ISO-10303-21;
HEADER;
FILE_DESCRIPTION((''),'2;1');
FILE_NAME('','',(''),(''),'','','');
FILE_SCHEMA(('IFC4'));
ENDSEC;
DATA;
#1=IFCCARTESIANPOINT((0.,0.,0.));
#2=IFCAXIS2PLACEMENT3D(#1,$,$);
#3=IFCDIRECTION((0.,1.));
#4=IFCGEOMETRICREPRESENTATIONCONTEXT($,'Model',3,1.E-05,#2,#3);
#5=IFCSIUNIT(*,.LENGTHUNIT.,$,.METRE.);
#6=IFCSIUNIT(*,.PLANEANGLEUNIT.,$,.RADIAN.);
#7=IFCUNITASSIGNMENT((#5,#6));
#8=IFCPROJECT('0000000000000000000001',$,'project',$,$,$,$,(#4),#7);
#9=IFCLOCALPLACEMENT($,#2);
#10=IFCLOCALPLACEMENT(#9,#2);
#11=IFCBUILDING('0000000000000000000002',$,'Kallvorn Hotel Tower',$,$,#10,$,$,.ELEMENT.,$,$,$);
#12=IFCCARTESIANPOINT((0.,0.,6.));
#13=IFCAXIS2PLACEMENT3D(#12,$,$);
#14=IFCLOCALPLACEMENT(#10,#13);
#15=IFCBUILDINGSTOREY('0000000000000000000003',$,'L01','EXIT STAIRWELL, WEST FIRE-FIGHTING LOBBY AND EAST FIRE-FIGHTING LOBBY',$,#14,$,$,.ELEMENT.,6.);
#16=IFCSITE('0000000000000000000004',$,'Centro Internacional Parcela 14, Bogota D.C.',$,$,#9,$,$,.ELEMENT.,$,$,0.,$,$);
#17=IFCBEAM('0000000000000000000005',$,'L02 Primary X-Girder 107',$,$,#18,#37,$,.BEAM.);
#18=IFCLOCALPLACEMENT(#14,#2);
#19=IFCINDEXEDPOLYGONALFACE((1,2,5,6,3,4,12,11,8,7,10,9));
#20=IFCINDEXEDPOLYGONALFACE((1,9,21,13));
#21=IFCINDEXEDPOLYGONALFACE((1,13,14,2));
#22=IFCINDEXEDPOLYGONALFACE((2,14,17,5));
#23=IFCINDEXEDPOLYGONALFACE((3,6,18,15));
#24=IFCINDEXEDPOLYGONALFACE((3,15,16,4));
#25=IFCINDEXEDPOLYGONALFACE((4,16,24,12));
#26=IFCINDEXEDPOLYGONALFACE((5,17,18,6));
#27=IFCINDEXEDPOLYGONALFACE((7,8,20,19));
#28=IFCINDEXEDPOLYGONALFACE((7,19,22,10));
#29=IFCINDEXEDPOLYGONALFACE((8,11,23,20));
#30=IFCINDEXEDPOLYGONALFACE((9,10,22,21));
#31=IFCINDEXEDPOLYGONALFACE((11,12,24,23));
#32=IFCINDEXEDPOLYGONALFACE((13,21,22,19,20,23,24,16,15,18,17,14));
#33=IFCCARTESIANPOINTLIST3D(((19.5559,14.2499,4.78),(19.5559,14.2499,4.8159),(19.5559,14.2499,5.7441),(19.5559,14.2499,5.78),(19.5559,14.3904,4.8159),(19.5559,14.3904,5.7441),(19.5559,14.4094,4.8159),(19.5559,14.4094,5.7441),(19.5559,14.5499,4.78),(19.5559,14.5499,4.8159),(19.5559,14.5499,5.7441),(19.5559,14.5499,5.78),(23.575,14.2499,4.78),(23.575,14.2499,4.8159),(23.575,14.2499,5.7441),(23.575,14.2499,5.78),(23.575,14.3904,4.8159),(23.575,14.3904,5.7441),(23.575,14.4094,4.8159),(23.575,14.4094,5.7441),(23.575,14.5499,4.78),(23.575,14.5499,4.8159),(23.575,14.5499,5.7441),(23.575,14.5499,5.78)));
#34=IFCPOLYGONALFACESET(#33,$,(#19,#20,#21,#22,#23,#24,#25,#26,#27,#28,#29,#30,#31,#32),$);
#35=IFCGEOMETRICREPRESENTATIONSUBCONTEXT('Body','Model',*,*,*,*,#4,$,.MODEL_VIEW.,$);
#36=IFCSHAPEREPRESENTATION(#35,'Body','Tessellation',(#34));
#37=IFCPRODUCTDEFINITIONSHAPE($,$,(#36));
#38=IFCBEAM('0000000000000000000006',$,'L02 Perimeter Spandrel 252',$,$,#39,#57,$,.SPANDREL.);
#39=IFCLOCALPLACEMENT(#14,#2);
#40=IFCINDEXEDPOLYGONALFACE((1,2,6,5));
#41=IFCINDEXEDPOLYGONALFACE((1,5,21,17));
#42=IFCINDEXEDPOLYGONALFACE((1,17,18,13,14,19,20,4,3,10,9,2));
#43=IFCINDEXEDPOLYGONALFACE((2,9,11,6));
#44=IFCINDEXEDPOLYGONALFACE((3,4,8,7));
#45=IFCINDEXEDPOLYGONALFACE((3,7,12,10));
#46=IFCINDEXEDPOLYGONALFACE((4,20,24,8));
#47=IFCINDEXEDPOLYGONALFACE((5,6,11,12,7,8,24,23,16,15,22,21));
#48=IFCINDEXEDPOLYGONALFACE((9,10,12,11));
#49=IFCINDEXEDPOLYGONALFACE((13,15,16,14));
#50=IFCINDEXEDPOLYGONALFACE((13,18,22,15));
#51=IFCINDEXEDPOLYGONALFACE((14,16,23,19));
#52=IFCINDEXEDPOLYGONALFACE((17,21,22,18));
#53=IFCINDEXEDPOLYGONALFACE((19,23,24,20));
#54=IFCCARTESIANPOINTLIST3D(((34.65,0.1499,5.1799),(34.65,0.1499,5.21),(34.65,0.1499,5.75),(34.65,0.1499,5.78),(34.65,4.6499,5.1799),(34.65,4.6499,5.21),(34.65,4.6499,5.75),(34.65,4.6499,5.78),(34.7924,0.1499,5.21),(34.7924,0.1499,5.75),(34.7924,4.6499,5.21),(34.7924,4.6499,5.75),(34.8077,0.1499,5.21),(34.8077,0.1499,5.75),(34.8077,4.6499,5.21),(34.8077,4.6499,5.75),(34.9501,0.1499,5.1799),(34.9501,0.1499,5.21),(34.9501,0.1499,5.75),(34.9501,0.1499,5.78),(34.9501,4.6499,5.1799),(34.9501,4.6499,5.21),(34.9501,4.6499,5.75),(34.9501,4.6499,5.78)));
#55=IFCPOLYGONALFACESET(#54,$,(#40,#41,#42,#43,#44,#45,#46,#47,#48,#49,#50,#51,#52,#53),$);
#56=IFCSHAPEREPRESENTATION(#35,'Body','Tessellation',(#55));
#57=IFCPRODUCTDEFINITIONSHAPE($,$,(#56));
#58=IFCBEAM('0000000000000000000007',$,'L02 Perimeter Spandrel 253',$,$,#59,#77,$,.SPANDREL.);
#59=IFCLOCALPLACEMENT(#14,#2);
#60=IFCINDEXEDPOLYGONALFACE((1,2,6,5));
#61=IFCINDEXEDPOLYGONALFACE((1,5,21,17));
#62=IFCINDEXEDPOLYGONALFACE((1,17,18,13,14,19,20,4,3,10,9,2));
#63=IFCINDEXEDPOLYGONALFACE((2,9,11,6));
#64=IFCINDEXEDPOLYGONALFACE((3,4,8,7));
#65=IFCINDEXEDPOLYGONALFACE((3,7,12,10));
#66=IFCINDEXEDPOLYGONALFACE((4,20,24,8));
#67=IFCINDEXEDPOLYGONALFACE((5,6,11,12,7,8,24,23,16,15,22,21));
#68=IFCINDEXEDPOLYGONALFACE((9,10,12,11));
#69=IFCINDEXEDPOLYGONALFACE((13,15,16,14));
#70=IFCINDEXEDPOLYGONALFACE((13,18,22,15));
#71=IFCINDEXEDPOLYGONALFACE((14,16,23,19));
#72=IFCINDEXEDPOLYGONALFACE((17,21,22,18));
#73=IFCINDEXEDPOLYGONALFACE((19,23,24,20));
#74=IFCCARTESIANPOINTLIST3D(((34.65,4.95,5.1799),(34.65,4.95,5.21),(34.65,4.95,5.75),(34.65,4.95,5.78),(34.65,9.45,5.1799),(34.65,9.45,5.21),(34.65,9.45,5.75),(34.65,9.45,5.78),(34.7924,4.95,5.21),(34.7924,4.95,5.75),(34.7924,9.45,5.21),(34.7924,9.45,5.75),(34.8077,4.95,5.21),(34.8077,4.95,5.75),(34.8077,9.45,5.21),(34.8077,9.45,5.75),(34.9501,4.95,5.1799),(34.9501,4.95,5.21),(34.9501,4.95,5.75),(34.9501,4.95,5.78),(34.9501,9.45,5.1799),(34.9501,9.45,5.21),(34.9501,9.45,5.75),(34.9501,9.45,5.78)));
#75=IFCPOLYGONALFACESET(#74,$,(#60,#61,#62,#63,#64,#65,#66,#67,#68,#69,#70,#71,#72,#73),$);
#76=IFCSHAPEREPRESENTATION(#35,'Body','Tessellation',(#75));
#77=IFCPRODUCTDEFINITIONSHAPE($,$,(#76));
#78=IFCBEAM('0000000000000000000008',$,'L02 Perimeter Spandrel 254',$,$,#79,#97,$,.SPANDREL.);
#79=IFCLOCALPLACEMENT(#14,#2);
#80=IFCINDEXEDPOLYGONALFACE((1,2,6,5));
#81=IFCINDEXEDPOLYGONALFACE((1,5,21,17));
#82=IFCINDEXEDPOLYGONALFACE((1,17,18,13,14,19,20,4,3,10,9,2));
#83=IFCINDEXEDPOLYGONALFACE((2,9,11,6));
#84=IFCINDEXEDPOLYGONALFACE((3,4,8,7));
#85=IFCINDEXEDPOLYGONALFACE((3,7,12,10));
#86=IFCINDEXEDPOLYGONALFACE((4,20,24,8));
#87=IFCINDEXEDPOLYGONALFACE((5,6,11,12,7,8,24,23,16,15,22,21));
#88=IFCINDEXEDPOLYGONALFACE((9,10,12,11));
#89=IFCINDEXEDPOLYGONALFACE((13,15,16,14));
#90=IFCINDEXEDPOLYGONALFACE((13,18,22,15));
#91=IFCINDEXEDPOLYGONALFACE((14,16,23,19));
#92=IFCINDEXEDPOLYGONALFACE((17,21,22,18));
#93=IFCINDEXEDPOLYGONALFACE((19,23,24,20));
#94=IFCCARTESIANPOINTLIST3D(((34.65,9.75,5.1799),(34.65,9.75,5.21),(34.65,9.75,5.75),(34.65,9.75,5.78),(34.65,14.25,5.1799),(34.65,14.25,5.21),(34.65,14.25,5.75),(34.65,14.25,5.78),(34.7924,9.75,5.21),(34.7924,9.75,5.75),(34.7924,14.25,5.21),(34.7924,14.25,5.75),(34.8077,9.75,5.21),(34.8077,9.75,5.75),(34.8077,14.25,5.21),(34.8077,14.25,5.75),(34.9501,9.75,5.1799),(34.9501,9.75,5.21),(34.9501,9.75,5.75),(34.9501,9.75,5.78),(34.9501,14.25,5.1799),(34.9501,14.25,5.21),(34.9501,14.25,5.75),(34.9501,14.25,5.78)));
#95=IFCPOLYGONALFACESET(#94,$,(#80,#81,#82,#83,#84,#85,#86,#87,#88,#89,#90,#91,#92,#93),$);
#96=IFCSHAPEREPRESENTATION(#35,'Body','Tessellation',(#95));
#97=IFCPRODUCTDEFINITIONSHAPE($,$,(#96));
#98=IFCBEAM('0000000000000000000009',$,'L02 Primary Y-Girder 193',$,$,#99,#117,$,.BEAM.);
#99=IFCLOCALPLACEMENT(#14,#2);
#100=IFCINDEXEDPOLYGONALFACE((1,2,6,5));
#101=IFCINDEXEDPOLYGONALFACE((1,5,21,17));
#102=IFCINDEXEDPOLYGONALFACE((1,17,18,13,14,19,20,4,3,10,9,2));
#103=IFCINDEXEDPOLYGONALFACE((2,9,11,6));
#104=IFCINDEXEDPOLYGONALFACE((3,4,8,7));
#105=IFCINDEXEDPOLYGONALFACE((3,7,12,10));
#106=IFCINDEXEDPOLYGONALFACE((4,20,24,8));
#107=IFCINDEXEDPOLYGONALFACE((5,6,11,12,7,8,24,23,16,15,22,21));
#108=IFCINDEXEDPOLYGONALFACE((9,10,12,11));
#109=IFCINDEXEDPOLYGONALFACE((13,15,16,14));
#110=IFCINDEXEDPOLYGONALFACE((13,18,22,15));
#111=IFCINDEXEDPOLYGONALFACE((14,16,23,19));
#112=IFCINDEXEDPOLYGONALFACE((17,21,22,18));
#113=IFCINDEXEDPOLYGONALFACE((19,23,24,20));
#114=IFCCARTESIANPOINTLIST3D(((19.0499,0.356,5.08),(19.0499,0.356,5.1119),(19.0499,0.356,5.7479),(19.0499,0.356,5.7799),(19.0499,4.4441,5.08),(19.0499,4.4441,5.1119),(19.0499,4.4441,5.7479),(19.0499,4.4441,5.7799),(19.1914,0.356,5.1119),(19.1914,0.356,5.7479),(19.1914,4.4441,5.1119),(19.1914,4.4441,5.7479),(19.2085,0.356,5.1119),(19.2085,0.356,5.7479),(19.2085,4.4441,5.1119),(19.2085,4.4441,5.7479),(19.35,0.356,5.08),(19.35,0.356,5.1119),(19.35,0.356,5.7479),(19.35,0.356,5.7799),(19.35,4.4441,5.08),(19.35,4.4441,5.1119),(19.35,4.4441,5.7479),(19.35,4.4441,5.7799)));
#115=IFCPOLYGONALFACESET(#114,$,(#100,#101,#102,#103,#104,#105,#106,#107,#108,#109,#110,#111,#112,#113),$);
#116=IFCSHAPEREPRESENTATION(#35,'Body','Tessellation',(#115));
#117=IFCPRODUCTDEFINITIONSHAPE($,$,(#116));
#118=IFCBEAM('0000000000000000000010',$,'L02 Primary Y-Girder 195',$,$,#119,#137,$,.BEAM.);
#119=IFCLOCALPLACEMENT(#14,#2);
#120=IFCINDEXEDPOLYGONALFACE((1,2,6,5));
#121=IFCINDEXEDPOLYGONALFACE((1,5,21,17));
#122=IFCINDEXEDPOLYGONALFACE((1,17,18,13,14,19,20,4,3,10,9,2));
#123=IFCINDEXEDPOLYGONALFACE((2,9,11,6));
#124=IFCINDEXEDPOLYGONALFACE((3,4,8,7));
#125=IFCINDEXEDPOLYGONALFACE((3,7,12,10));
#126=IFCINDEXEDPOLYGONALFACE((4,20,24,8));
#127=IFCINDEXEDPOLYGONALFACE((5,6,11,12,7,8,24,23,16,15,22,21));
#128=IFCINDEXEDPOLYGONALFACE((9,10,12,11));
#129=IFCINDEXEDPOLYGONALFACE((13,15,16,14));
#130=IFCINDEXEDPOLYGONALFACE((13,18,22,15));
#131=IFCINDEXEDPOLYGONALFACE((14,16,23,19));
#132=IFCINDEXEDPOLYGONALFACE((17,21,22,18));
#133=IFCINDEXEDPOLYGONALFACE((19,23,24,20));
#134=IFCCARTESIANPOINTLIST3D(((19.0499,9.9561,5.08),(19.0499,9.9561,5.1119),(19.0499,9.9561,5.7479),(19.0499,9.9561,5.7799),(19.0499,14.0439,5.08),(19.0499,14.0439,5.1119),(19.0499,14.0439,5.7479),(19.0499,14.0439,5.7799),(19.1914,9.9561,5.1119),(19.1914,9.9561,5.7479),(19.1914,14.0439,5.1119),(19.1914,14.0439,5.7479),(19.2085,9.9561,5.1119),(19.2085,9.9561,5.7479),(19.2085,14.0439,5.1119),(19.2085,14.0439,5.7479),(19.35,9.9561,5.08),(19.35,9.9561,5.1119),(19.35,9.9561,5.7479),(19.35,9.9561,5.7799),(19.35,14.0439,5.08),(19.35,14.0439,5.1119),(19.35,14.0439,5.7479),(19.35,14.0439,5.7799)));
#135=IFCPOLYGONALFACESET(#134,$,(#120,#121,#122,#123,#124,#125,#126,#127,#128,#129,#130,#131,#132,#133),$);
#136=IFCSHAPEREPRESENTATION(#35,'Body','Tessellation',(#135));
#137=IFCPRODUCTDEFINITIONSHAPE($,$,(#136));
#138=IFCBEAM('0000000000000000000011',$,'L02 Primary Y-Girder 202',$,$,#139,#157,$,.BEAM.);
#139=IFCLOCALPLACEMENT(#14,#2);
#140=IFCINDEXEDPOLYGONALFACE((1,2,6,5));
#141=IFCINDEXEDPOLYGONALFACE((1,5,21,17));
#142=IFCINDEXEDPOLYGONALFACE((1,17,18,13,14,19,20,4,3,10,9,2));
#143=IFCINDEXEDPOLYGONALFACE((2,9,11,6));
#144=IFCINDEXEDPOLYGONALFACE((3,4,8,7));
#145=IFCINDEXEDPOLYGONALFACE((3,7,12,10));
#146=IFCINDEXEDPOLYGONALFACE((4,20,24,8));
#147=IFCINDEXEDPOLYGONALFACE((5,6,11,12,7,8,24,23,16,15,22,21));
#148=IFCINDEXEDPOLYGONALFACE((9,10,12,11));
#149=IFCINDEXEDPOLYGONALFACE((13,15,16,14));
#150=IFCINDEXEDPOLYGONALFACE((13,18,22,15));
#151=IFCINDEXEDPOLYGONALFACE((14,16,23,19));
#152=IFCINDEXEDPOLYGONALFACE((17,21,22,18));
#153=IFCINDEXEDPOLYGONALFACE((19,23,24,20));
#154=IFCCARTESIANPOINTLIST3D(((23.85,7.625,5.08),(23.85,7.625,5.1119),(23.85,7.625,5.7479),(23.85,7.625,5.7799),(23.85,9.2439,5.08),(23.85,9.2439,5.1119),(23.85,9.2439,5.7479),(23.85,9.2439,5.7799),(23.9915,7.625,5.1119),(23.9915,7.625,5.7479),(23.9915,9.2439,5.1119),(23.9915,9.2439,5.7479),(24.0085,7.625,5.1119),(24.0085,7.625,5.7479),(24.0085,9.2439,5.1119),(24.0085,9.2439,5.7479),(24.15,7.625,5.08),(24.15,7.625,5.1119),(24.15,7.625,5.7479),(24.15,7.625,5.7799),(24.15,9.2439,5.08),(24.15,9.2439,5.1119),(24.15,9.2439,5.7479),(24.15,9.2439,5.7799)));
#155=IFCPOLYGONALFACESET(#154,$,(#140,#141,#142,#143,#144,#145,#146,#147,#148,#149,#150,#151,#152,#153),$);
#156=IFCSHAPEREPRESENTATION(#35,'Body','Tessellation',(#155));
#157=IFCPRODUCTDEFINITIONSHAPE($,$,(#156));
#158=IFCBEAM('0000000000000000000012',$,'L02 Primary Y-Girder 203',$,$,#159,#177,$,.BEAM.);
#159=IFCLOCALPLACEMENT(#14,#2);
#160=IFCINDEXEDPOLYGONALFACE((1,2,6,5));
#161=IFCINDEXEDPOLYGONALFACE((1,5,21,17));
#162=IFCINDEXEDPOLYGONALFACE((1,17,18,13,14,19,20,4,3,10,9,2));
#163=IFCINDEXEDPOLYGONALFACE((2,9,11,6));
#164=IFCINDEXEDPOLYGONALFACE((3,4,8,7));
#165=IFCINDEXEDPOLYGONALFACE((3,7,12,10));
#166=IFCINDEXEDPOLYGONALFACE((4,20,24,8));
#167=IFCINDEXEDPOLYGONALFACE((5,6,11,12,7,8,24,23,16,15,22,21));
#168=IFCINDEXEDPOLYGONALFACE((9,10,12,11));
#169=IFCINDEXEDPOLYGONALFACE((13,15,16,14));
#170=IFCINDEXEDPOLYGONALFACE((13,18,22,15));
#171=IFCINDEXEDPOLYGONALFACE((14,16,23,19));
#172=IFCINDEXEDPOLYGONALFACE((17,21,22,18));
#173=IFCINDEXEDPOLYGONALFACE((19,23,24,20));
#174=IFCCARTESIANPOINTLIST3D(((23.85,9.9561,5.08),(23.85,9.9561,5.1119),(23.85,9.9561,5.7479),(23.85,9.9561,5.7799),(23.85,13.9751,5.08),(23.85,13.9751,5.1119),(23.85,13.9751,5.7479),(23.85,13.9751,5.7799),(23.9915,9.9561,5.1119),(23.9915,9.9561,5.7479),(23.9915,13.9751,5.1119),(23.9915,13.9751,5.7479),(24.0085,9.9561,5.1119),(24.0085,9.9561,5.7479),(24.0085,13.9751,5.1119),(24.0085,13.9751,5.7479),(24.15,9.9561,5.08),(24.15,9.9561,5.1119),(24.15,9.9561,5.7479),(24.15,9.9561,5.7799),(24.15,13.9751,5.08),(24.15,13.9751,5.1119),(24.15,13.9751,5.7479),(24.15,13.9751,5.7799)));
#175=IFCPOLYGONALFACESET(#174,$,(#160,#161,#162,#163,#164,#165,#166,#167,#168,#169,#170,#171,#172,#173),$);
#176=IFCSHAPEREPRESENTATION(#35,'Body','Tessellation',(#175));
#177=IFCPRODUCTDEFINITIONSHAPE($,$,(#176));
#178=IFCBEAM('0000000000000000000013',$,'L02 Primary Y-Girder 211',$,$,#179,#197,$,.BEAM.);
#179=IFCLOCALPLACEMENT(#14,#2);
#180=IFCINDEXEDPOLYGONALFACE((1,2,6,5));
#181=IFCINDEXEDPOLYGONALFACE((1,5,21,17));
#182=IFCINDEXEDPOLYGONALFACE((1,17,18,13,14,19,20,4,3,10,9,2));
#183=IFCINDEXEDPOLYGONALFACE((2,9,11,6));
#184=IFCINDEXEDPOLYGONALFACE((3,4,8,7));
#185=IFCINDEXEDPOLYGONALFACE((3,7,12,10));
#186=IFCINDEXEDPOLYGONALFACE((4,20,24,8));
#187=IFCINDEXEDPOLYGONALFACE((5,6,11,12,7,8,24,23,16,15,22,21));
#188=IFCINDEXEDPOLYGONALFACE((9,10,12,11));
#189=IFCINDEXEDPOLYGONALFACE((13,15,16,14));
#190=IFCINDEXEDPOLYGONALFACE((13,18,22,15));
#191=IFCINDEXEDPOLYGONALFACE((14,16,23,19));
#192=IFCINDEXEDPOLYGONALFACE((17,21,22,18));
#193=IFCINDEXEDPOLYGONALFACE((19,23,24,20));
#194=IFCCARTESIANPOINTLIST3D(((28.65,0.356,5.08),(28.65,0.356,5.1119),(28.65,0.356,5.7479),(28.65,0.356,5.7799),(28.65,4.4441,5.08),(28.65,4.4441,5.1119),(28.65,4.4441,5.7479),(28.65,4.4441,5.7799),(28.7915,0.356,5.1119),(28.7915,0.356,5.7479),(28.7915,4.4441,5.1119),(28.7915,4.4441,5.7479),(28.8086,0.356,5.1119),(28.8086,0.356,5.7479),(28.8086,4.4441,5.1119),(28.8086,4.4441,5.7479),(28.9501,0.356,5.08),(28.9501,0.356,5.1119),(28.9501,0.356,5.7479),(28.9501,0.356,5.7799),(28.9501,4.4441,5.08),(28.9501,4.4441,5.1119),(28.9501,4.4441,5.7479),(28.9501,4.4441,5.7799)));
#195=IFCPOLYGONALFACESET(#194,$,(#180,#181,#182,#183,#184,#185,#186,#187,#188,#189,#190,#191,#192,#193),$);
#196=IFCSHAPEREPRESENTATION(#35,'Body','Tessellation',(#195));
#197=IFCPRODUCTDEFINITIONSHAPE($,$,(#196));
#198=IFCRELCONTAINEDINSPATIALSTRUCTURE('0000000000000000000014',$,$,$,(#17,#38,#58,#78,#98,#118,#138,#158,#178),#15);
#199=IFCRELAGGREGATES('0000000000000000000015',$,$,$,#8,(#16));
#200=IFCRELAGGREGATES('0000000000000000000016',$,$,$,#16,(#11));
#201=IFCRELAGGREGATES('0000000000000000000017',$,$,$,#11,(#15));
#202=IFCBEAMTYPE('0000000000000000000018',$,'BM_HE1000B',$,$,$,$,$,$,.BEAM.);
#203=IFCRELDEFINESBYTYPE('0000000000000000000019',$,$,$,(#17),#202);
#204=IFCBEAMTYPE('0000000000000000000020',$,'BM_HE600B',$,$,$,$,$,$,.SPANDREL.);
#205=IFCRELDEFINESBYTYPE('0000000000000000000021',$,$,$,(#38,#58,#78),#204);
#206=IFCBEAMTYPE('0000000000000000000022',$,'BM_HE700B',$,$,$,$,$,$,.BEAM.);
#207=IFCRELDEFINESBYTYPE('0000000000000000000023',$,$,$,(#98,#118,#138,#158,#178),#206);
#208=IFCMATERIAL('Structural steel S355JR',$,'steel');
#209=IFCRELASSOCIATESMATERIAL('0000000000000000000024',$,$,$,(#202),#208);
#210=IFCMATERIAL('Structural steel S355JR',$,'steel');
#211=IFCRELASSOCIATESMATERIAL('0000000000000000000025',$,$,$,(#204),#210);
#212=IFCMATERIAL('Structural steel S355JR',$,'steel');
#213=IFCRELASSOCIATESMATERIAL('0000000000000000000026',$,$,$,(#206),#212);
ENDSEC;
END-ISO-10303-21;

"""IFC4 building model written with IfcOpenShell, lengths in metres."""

from ifc_helpers import new_model, si_unit, direction, frame, origin, origin_2d, place, context, subcontext, project, spatial, i_section, extrude, material, material_profile, profile_set, type_object, element, save


model = new_model("IFC4")

# Units and contexts
model_context = context("Model", 3, precision=1e-05, world=origin(), true_north=direction((0.0, 1.0)))
body_context = subcontext(model_context, "Body", "Model", "MODEL_VIEW")
ifc_project = project(units=[si_unit("LENGTHUNIT", "METRE"), si_unit("PLANEANGLEUNIT", "RADIAN")], contexts=[model_context])

# Site, building, storey
site_placement = place(None, origin())
site = spatial("IfcSite", under=ifc_project, at=site_placement, Name="Centro Internacional Parcela 14, Bogota D.C.", CompositionType="ELEMENT", RefElevation=0.0)
building_placement = place(site_placement, origin())
building = spatial("IfcBuilding", under=site, at=building_placement, Name="Kallvorn Hotel Tower", CompositionType="ELEMENT")
storey_placement = place(building_placement, frame((0.0, 0.0, 6.0)))
storey = spatial("IfcBuildingStorey", under=building, at=storey_placement, Name="L01", Description="EXIT STAIRWELL, WEST FIRE-FIGHTING LOBBY AND EAST FIRE-FIGHTING LOBBY", CompositionType="ELEMENT", Elevation=6.0)

# Beams
ifc_material_1 = material(Name="Structural steel S355JR", Category="steel")
ifc_material_profile_1 = material_profile(ifc_material_1, i_section(OverallWidth=0.3, OverallDepth=1.0, WebThickness=0.019, FlangeThickness=0.0359, at=origin_2d()), Name="HE 1000 B")
ifc_profile_set_1 = profile_set([ifc_material_profile_1], Name="Structural steel S355JR")
beam_type_1 = type_object("IfcBeamType", Name="BM_HE1000B", PredefinedType="BEAM", material=ifc_profile_set_1)
for number, where, z_axis, x_axis, name in (
    (1, (19.5559, 14.3999, 5.28), (1.0, 0.0, 0.0), (0.0, 1.0, 0.0), "L02 Primary X-Girder 107"),
):
    element("IfcBeam", number, at=place(storey_placement, frame(where, z_axis=z_axis, x_axis=x_axis)), inside=storey, type_object=beam_type_1, Name=name, PredefinedType="BEAM", context=body_context, shape_type="SweptSolid", body=[
        extrude(i_section(OverallWidth=0.3, OverallDepth=1.0, WebThickness=0.019, FlangeThickness=0.0359, at=origin_2d()), origin(), (0.0, 0.0, 1.0), 4.019),
    ])
ifc_material_2 = material(Name="Structural steel S355JR", Category="steel")
ifc_material_profile_2 = material_profile(ifc_material_2, i_section(OverallWidth=0.3, OverallDepth=0.6001, WebThickness=0.0154, FlangeThickness=0.03, at=origin_2d()), Name="HE 600 B")
ifc_profile_set_2 = profile_set([ifc_material_profile_2], Name="Structural steel S355JR")
beam_type_2 = type_object("IfcBeamType", Name="BM_HE600B", PredefinedType="SPANDREL", material=ifc_profile_set_2)
for number, where, z_axis, x_axis, name in (
    (2, (34.8, 0.1499, 5.48), (0.0, 1.0, 0.0), (-1.0, 0.0, 0.0), "L02 Perimeter Spandrel 252"),
    (3, (34.8, 4.95, 5.48), (0.0, 1.0, 0.0), (-1.0, 0.0, 0.0), "L02 Perimeter Spandrel 253"),
    (4, (34.8, 9.75, 5.48), (0.0, 1.0, 0.0), (-1.0, 0.0, 0.0), "L02 Perimeter Spandrel 254"),
):
    element("IfcBeam", number, at=place(storey_placement, frame(where, z_axis=z_axis, x_axis=x_axis)), inside=storey, type_object=beam_type_2, Name=name, PredefinedType="SPANDREL", context=body_context, shape_type="SweptSolid", body=[
        extrude(i_section(OverallWidth=0.3, OverallDepth=0.6001, WebThickness=0.0154, FlangeThickness=0.03, at=origin_2d()), origin(), (0.0, 0.0, 1.0), 4.5),
    ])
ifc_material_3 = material(Name="Structural steel S355JR", Category="steel")
ifc_material_profile_3 = material_profile(ifc_material_3, i_section(OverallWidth=0.3, OverallDepth=0.7, WebThickness=0.0171, FlangeThickness=0.032, at=origin_2d()), Name="HE 700 B")
ifc_profile_set_3 = profile_set([ifc_material_profile_3], Name="Structural steel S355JR")
beam_type_3 = type_object("IfcBeamType", Name="BM_HE700B", PredefinedType="BEAM", material=ifc_profile_set_3)
beam_1_placement = place(storey_placement, frame((19.2, 0.356, 5.4299), z_axis=(0.0, 1.0, 0.0), x_axis=(-1.0, 0.0, 0.0)))
element("IfcBeam", 5, at=beam_1_placement, inside=storey, type_object=beam_type_3, Name="L02 Primary Y-Girder 193", PredefinedType="BEAM", context=body_context, shape_type="SweptSolid", body=[
    extrude(i_section(OverallWidth=0.3, OverallDepth=0.7, WebThickness=0.0171, FlangeThickness=0.032, at=origin_2d()), origin(), (0.0, 0.0, 1.0), 4.0881),
])
beam_2_placement = place(storey_placement, frame((19.2, 9.9561, 5.4299), z_axis=(0.0, 1.0, 0.0), x_axis=(-1.0, 0.0, 0.0)))
element("IfcBeam", 6, at=beam_2_placement, inside=storey, type_object=beam_type_3, Name="L02 Primary Y-Girder 195", PredefinedType="BEAM", context=body_context, shape_type="SweptSolid", body=[
    extrude(i_section(OverallWidth=0.3, OverallDepth=0.7, WebThickness=0.0171, FlangeThickness=0.032, at=origin_2d()), origin(), (0.0, 0.0, 1.0), 4.0879),
])
beam_3_placement = place(storey_placement, frame((24.0, 7.625, 5.4299), z_axis=(0.0, 1.0, 0.0), x_axis=(-1.0, 0.0, 0.0)))
element("IfcBeam", 7, at=beam_3_placement, inside=storey, type_object=beam_type_3, Name="L02 Primary Y-Girder 202", PredefinedType="BEAM", context=body_context, shape_type="SweptSolid", body=[
    extrude(i_section(OverallWidth=0.3, OverallDepth=0.7, WebThickness=0.0171, FlangeThickness=0.032, at=origin_2d()), origin(), (0.0, 0.0, 1.0), 1.6189),
])
beam_4_placement = place(storey_placement, frame((24.0, 9.9561, 5.4299), z_axis=(0.0, 1.0, 0.0), x_axis=(-1.0, 0.0, 0.0)))
element("IfcBeam", 8, at=beam_4_placement, inside=storey, type_object=beam_type_3, Name="L02 Primary Y-Girder 203", PredefinedType="BEAM", context=body_context, shape_type="SweptSolid", body=[
    extrude(i_section(OverallWidth=0.3, OverallDepth=0.7, WebThickness=0.0171, FlangeThickness=0.032, at=origin_2d()), origin(), (0.0, 0.0, 1.0), 4.019),
])
beam_5_placement = place(storey_placement, frame((28.8, 0.356, 5.4299), z_axis=(0.0, 1.0, 0.0), x_axis=(-1.0, 0.0, 0.0)))
element("IfcBeam", 9, at=beam_5_placement, inside=storey, type_object=beam_type_3, Name="L02 Primary Y-Girder 211", PredefinedType="BEAM", context=body_context, shape_type="SweptSolid", body=[
    extrude(i_section(OverallWidth=0.3, OverallDepth=0.7, WebThickness=0.0171, FlangeThickness=0.032, at=origin_2d()), origin(), (0.0, 0.0, 1.0), 4.0881),
])

save(model, "model.ifc")
